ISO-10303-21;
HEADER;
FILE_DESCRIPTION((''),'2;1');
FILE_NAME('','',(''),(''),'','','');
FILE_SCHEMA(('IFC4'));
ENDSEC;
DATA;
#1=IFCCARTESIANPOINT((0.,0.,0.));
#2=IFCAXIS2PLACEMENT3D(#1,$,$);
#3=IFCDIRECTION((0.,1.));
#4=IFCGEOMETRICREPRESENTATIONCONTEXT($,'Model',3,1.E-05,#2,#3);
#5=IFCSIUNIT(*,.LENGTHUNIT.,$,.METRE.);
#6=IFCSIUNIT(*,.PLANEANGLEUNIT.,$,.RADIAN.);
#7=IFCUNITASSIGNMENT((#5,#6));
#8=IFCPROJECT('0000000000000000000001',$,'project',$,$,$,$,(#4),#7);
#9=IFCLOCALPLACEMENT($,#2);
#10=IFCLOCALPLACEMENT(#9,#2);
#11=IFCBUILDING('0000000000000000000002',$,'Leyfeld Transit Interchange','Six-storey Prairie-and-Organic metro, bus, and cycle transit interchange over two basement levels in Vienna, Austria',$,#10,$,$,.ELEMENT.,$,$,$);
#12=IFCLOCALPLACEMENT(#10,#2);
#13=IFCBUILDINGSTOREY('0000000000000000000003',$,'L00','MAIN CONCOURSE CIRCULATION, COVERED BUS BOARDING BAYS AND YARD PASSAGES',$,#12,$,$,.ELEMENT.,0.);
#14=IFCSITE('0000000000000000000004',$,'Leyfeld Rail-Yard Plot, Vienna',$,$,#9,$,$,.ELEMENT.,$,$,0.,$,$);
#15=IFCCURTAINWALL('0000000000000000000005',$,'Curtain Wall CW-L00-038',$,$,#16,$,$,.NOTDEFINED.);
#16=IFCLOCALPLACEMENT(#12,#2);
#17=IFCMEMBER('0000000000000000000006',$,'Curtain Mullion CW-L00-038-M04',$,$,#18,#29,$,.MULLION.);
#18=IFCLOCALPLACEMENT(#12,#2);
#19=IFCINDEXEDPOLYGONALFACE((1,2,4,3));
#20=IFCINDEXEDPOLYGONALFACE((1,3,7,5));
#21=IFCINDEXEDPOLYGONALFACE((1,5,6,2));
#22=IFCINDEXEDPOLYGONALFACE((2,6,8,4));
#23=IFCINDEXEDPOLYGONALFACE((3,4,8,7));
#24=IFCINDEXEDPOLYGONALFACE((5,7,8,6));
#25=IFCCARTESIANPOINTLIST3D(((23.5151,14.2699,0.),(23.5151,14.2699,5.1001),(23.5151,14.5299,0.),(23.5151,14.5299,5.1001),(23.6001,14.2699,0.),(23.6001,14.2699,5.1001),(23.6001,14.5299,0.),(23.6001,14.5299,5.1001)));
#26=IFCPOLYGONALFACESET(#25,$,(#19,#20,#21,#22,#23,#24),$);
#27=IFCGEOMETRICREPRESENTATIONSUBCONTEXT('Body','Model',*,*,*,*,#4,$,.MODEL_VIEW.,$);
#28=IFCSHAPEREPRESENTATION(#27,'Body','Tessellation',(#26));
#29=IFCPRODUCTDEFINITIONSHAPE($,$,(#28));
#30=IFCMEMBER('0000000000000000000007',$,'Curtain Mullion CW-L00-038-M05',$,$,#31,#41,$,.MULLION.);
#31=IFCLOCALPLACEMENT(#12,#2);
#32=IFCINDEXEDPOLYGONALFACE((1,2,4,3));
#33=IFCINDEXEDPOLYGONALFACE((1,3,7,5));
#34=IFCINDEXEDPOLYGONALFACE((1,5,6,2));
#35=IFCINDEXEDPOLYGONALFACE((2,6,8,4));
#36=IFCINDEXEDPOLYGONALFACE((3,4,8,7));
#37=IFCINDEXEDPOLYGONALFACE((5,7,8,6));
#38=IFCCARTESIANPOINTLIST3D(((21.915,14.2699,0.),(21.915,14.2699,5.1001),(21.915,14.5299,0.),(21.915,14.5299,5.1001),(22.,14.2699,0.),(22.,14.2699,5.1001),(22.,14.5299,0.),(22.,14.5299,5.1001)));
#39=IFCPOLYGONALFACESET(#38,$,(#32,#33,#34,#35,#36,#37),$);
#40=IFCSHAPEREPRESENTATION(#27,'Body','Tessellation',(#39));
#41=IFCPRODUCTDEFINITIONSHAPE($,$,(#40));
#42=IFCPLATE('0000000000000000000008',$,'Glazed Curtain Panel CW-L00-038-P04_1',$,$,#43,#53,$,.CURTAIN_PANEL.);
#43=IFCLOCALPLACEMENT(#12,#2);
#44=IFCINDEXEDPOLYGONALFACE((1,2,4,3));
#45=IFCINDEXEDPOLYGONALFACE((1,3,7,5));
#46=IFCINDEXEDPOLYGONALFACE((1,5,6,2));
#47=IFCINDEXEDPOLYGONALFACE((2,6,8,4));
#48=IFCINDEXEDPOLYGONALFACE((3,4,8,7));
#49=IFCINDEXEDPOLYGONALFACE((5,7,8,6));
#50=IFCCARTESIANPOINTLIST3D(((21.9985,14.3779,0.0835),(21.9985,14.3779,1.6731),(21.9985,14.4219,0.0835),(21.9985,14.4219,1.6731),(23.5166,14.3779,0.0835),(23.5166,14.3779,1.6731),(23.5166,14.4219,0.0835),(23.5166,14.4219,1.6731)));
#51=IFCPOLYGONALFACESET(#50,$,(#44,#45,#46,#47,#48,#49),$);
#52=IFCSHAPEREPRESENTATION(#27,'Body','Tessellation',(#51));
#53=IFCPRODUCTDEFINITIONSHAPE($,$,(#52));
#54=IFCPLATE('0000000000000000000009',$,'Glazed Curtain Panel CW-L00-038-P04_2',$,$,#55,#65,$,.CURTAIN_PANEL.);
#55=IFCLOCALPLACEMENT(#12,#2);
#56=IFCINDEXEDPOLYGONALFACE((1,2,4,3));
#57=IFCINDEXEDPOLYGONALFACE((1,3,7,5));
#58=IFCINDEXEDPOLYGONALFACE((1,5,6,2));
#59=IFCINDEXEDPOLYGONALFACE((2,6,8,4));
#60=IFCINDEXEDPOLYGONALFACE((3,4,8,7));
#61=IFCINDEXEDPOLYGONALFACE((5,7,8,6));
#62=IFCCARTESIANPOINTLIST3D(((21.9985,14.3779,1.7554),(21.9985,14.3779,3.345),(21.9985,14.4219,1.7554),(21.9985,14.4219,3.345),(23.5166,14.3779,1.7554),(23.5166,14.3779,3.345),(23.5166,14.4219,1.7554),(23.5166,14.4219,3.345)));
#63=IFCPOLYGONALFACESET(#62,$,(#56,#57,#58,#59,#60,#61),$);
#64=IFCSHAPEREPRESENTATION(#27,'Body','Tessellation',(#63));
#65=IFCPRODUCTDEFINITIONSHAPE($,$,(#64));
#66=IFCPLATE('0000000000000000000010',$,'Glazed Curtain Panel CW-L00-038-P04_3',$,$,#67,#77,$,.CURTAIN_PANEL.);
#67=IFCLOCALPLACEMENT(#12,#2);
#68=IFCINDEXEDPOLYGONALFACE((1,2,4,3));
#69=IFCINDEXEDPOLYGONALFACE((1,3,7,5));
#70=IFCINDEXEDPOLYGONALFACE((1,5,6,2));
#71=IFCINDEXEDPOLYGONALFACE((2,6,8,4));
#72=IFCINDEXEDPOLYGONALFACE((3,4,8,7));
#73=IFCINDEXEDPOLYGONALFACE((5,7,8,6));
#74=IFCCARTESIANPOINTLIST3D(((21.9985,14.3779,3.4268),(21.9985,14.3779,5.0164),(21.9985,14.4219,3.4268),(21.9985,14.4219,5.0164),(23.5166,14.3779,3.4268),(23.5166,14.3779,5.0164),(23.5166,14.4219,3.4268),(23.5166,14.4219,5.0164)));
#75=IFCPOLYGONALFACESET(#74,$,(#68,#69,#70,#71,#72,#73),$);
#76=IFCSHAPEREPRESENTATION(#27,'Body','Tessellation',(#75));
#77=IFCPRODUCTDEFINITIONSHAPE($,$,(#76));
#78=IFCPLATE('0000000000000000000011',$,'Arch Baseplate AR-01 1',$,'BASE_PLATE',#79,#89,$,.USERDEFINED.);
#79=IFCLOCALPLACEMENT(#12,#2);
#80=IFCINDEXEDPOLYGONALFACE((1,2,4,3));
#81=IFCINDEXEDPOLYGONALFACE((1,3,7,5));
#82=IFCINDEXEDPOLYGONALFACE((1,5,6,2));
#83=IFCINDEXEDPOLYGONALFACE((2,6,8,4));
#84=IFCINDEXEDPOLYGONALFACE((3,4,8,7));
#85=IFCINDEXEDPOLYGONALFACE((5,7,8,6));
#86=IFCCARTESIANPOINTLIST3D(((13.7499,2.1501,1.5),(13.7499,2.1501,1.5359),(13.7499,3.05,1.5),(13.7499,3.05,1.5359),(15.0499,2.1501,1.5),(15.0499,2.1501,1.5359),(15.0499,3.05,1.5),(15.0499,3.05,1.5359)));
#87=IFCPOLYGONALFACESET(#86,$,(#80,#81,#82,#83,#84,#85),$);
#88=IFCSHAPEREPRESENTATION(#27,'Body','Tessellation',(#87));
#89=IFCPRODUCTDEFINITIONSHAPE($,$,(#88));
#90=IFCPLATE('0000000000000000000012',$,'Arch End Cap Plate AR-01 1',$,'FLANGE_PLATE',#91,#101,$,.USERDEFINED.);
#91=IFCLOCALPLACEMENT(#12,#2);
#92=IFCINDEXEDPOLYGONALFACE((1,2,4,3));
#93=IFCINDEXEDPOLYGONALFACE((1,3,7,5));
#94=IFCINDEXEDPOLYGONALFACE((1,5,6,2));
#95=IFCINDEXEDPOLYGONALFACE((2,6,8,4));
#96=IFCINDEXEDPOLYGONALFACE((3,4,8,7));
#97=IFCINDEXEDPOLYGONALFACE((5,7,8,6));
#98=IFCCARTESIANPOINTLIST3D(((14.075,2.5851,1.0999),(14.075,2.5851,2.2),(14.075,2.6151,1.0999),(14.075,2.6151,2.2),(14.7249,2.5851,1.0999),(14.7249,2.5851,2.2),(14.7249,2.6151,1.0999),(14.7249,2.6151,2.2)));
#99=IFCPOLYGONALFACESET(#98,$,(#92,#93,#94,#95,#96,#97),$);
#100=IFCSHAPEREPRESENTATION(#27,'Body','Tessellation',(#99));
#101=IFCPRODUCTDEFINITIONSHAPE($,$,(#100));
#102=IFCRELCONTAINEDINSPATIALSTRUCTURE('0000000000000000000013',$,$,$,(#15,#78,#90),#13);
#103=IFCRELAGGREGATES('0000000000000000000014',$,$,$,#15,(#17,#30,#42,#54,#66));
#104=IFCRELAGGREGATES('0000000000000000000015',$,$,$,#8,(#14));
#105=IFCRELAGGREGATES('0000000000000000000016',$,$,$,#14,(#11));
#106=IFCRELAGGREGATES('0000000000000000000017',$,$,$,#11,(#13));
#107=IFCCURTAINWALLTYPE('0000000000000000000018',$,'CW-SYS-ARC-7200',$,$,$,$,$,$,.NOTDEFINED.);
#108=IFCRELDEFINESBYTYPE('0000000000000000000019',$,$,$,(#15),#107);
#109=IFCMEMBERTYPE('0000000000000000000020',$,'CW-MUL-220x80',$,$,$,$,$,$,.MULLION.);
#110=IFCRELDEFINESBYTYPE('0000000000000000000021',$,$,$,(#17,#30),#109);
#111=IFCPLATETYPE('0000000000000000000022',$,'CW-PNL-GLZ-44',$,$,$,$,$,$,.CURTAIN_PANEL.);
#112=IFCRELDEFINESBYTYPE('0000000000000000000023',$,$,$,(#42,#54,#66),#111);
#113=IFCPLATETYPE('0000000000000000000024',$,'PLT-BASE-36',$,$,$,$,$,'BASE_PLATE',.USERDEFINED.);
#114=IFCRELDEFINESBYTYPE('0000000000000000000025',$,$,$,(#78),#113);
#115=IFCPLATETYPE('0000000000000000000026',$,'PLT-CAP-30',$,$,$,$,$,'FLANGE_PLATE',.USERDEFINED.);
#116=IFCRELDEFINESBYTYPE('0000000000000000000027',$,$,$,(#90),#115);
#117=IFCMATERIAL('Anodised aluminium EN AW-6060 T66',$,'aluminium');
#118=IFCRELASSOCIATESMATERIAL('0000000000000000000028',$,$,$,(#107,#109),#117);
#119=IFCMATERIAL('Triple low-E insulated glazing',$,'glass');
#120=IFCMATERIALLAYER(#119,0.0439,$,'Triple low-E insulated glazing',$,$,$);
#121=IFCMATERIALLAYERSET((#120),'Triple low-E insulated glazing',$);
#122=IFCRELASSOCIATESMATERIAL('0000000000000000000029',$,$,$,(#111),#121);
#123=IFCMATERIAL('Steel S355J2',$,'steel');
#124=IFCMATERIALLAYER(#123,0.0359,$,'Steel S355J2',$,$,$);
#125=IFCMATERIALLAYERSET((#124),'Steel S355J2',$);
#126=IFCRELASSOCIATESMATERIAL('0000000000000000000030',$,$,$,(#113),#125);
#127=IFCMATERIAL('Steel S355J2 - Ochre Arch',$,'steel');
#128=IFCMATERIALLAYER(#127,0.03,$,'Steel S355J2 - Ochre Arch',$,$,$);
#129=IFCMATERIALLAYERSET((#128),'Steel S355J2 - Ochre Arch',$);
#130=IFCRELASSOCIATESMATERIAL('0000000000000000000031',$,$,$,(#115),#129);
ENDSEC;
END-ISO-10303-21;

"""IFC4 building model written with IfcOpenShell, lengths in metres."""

from ifc_helpers import new_model, si_unit, direction, frame, origin, origin_2d, place, context, subcontext, project, spatial, rectangle, extrude, material, layer, layer_set, material_profile, profile_set, type_object, element, aggregate, save


model = new_model("IFC4")

# Units and contexts
model_context = context("Model", 3, precision=1e-05, world=origin(), true_north=direction((0.0, 1.0)))
body_context = subcontext(model_context, "Body", "Model", "MODEL_VIEW")
ifc_project = project(units=[si_unit("LENGTHUNIT", "METRE"), si_unit("PLANEANGLEUNIT", "RADIAN")], contexts=[model_context])

# Site, building, storey
site_placement = place(None, origin())
site = spatial("IfcSite", under=ifc_project, at=site_placement, Name="Leyfeld Rail-Yard Plot, Vienna", CompositionType="ELEMENT", RefElevation=0.0)
building_placement = place(site_placement, origin())
building = spatial("IfcBuilding", under=site, at=building_placement, Name="Leyfeld Transit Interchange", Description="Six-storey Prairie-and-Organic metro, bus, and cycle transit interchange over two basement levels in Vienna, Austria", CompositionType="ELEMENT")
storey_placement = place(building_placement, origin())
storey = spatial("IfcBuildingStorey", under=building, at=storey_placement, Name="L00", Description="MAIN CONCOURSE CIRCULATION, COVERED BUS BOARDING BAYS AND YARD PASSAGES", CompositionType="ELEMENT", Elevation=0.0)

# Shared definitions
ifc_material_1 = material(Name="Steel S355J2", Category="steel")

# Curtain wall, members, plates
ifc_material_2 = material(Name="Anodised aluminium EN AW-6060 T66", Category="aluminium")
curtain_wall_type = type_object("IfcCurtainWallType", Name="CW-SYS-ARC-7200", PredefinedType="NOTDEFINED", material=ifc_material_2)
curtain_wall_placement = place(storey_placement, origin())
curtain_wall = element("IfcCurtainWall", 1, at=curtain_wall_placement, inside=storey, type_object=curtain_wall_type, Name="Curtain Wall CW-L00-038", PredefinedType="NOTDEFINED")
ifc_material_profile_1 = material_profile(ifc_material_2, rectangle(XDim=0.085, YDim=0.26, at=origin_2d()), Name="CW-M 85x260")
ifc_profile_set_1 = profile_set([ifc_material_profile_1], Name="Anodised aluminium EN AW-6060 T66")
member_type = type_object("IfcMemberType", Name="CW-MUL-220x80", PredefinedType="MULLION", material=ifc_profile_set_1)
member_1_placement = place(storey_placement, frame((23.5576, 14.3999, 0.0), z_axis=(0.0, 0.0, 1.0), x_axis=(-1.0, 0.0, 0.0)))
member_1 = element("IfcMember", 2, at=member_1_placement, type_object=member_type, Name="Curtain Mullion CW-L00-038-M04", PredefinedType="MULLION", context=body_context, shape_type="SweptSolid", body=[
    extrude(rectangle(XDim=0.085, YDim=0.26, at=origin_2d()), origin(), (0.0, 0.0, 1.0), 5.1001),
])
member_2_placement = place(storey_placement, frame((21.9575, 14.3999, 0.0), z_axis=(0.0, 0.0, 1.0), x_axis=(-1.0, 0.0, 0.0)))
member_2 = element("IfcMember", 3, at=member_2_placement, type_object=member_type, Name="Curtain Mullion CW-L00-038-M05", PredefinedType="MULLION", context=body_context, shape_type="SweptSolid", body=[
    extrude(rectangle(XDim=0.085, YDim=0.26, at=origin_2d()), origin(), (0.0, 0.0, 1.0), 5.1001),
])
ifc_material_3 = material(Name="Triple low-E insulated glazing", Category="glass")
ifc_layer_1 = layer(ifc_material_3, 0.0439, Name="Triple low-E insulated glazing")
ifc_layer_set_1 = layer_set([ifc_layer_1], Name="Triple low-E insulated glazing")
plate_type_1 = type_object("IfcPlateType", Name="CW-PNL-GLZ-44", PredefinedType="CURTAIN_PANEL", material=ifc_layer_set_1)
plate_1_placement = place(storey_placement, frame((22.7576, 14.3999, 0.0835), z_axis=(0.0, 0.0, 1.0), x_axis=(-1.0, 0.0, 0.0)))
plate_1 = element("IfcPlate", 4, at=plate_1_placement, type_object=plate_type_1, Name="Glazed Curtain Panel CW-L00-038-P04_1", PredefinedType="CURTAIN_PANEL", context=body_context, shape_type="SweptSolid", body=[
    extrude(rectangle(XDim=1.5181, YDim=0.0439, at=origin_2d()), origin(), (0.0, 0.0, 1.0), 1.5896),
])
plate_2_placement = place(storey_placement, frame((22.7576, 14.3999, 1.7554), z_axis=(0.0, 0.0, 1.0), x_axis=(-1.0, 0.0, 0.0)))
plate_2 = element("IfcPlate", 5, at=plate_2_placement, type_object=plate_type_1, Name="Glazed Curtain Panel CW-L00-038-P04_2", PredefinedType="CURTAIN_PANEL", context=body_context, shape_type="SweptSolid", body=[
    extrude(rectangle(XDim=1.5181, YDim=0.0439, at=origin_2d()), origin(), (0.0, 0.0, 1.0), 1.5896),
])
plate_3_placement = place(storey_placement, frame((22.7576, 14.3999, 3.4268), z_axis=(0.0, 0.0, 1.0), x_axis=(-1.0, 0.0, 0.0)))
plate_3 = element("IfcPlate", 6, at=plate_3_placement, type_object=plate_type_1, Name="Glazed Curtain Panel CW-L00-038-P04_3", PredefinedType="CURTAIN_PANEL", context=body_context, shape_type="SweptSolid", body=[
    extrude(rectangle(XDim=1.5181, YDim=0.0439, at=origin_2d()), origin(), (0.0, 0.0, 1.0), 1.5896),
])
aggregate(curtain_wall, [member_1, member_2, plate_1, plate_2, plate_3])

# Plates
ifc_layer_2 = layer(ifc_material_1, 0.0359, Name="Steel S355J2")
ifc_layer_set_2 = layer_set([ifc_layer_2], Name="Steel S355J2")
plate_type_2 = type_object("IfcPlateType", Name="PLT-BASE-36", ElementType="BASE_PLATE", PredefinedType="USERDEFINED", material=ifc_layer_set_2)
plate_4_placement = place(storey_placement, frame((14.3999, 2.6001, 1.5), z_axis=(0.0, 0.0, 1.0), x_axis=(1.0, 0.0, 0.0)))
element("IfcPlate", 7, at=plate_4_placement, inside=storey, type_object=plate_type_2, Name="Arch Baseplate AR-01 1", ObjectType="BASE_PLATE", PredefinedType="USERDEFINED", context=body_context, shape_type="SweptSolid", body=[
    extrude(rectangle(XDim=1.3, YDim=0.8999, at=origin_2d()), origin(), (0.0, 0.0, 1.0), 0.0359),
])
ifc_material_4 = material(Name="Steel S355J2 - Ochre Arch", Category="steel")
ifc_layer_3 = layer(ifc_material_4, 0.03, Name="Steel S355J2 - Ochre Arch")
ifc_layer_set_3 = layer_set([ifc_layer_3], Name="Steel S355J2 - Ochre Arch")
plate_type_3 = type_object("IfcPlateType", Name="PLT-CAP-30", ElementType="FLANGE_PLATE", PredefinedType="USERDEFINED", material=ifc_layer_set_3)
plate_5_placement = place(storey_placement, frame((14.3999, 2.6001, 1.0999), z_axis=(0.0, 0.0, 1.0), x_axis=(1.0, 0.0, 0.0)))
element("IfcPlate", 8, at=plate_5_placement, inside=storey, type_object=plate_type_3, Name="Arch End Cap Plate AR-01 1", ObjectType="FLANGE_PLATE", PredefinedType="USERDEFINED", context=body_context, shape_type="SweptSolid", body=[
    extrude(rectangle(XDim=0.6499, YDim=0.03, at=origin_2d()), origin(), (0.0, 0.0, 1.0), 1.1001),
])

save(model, "model.ifc")
